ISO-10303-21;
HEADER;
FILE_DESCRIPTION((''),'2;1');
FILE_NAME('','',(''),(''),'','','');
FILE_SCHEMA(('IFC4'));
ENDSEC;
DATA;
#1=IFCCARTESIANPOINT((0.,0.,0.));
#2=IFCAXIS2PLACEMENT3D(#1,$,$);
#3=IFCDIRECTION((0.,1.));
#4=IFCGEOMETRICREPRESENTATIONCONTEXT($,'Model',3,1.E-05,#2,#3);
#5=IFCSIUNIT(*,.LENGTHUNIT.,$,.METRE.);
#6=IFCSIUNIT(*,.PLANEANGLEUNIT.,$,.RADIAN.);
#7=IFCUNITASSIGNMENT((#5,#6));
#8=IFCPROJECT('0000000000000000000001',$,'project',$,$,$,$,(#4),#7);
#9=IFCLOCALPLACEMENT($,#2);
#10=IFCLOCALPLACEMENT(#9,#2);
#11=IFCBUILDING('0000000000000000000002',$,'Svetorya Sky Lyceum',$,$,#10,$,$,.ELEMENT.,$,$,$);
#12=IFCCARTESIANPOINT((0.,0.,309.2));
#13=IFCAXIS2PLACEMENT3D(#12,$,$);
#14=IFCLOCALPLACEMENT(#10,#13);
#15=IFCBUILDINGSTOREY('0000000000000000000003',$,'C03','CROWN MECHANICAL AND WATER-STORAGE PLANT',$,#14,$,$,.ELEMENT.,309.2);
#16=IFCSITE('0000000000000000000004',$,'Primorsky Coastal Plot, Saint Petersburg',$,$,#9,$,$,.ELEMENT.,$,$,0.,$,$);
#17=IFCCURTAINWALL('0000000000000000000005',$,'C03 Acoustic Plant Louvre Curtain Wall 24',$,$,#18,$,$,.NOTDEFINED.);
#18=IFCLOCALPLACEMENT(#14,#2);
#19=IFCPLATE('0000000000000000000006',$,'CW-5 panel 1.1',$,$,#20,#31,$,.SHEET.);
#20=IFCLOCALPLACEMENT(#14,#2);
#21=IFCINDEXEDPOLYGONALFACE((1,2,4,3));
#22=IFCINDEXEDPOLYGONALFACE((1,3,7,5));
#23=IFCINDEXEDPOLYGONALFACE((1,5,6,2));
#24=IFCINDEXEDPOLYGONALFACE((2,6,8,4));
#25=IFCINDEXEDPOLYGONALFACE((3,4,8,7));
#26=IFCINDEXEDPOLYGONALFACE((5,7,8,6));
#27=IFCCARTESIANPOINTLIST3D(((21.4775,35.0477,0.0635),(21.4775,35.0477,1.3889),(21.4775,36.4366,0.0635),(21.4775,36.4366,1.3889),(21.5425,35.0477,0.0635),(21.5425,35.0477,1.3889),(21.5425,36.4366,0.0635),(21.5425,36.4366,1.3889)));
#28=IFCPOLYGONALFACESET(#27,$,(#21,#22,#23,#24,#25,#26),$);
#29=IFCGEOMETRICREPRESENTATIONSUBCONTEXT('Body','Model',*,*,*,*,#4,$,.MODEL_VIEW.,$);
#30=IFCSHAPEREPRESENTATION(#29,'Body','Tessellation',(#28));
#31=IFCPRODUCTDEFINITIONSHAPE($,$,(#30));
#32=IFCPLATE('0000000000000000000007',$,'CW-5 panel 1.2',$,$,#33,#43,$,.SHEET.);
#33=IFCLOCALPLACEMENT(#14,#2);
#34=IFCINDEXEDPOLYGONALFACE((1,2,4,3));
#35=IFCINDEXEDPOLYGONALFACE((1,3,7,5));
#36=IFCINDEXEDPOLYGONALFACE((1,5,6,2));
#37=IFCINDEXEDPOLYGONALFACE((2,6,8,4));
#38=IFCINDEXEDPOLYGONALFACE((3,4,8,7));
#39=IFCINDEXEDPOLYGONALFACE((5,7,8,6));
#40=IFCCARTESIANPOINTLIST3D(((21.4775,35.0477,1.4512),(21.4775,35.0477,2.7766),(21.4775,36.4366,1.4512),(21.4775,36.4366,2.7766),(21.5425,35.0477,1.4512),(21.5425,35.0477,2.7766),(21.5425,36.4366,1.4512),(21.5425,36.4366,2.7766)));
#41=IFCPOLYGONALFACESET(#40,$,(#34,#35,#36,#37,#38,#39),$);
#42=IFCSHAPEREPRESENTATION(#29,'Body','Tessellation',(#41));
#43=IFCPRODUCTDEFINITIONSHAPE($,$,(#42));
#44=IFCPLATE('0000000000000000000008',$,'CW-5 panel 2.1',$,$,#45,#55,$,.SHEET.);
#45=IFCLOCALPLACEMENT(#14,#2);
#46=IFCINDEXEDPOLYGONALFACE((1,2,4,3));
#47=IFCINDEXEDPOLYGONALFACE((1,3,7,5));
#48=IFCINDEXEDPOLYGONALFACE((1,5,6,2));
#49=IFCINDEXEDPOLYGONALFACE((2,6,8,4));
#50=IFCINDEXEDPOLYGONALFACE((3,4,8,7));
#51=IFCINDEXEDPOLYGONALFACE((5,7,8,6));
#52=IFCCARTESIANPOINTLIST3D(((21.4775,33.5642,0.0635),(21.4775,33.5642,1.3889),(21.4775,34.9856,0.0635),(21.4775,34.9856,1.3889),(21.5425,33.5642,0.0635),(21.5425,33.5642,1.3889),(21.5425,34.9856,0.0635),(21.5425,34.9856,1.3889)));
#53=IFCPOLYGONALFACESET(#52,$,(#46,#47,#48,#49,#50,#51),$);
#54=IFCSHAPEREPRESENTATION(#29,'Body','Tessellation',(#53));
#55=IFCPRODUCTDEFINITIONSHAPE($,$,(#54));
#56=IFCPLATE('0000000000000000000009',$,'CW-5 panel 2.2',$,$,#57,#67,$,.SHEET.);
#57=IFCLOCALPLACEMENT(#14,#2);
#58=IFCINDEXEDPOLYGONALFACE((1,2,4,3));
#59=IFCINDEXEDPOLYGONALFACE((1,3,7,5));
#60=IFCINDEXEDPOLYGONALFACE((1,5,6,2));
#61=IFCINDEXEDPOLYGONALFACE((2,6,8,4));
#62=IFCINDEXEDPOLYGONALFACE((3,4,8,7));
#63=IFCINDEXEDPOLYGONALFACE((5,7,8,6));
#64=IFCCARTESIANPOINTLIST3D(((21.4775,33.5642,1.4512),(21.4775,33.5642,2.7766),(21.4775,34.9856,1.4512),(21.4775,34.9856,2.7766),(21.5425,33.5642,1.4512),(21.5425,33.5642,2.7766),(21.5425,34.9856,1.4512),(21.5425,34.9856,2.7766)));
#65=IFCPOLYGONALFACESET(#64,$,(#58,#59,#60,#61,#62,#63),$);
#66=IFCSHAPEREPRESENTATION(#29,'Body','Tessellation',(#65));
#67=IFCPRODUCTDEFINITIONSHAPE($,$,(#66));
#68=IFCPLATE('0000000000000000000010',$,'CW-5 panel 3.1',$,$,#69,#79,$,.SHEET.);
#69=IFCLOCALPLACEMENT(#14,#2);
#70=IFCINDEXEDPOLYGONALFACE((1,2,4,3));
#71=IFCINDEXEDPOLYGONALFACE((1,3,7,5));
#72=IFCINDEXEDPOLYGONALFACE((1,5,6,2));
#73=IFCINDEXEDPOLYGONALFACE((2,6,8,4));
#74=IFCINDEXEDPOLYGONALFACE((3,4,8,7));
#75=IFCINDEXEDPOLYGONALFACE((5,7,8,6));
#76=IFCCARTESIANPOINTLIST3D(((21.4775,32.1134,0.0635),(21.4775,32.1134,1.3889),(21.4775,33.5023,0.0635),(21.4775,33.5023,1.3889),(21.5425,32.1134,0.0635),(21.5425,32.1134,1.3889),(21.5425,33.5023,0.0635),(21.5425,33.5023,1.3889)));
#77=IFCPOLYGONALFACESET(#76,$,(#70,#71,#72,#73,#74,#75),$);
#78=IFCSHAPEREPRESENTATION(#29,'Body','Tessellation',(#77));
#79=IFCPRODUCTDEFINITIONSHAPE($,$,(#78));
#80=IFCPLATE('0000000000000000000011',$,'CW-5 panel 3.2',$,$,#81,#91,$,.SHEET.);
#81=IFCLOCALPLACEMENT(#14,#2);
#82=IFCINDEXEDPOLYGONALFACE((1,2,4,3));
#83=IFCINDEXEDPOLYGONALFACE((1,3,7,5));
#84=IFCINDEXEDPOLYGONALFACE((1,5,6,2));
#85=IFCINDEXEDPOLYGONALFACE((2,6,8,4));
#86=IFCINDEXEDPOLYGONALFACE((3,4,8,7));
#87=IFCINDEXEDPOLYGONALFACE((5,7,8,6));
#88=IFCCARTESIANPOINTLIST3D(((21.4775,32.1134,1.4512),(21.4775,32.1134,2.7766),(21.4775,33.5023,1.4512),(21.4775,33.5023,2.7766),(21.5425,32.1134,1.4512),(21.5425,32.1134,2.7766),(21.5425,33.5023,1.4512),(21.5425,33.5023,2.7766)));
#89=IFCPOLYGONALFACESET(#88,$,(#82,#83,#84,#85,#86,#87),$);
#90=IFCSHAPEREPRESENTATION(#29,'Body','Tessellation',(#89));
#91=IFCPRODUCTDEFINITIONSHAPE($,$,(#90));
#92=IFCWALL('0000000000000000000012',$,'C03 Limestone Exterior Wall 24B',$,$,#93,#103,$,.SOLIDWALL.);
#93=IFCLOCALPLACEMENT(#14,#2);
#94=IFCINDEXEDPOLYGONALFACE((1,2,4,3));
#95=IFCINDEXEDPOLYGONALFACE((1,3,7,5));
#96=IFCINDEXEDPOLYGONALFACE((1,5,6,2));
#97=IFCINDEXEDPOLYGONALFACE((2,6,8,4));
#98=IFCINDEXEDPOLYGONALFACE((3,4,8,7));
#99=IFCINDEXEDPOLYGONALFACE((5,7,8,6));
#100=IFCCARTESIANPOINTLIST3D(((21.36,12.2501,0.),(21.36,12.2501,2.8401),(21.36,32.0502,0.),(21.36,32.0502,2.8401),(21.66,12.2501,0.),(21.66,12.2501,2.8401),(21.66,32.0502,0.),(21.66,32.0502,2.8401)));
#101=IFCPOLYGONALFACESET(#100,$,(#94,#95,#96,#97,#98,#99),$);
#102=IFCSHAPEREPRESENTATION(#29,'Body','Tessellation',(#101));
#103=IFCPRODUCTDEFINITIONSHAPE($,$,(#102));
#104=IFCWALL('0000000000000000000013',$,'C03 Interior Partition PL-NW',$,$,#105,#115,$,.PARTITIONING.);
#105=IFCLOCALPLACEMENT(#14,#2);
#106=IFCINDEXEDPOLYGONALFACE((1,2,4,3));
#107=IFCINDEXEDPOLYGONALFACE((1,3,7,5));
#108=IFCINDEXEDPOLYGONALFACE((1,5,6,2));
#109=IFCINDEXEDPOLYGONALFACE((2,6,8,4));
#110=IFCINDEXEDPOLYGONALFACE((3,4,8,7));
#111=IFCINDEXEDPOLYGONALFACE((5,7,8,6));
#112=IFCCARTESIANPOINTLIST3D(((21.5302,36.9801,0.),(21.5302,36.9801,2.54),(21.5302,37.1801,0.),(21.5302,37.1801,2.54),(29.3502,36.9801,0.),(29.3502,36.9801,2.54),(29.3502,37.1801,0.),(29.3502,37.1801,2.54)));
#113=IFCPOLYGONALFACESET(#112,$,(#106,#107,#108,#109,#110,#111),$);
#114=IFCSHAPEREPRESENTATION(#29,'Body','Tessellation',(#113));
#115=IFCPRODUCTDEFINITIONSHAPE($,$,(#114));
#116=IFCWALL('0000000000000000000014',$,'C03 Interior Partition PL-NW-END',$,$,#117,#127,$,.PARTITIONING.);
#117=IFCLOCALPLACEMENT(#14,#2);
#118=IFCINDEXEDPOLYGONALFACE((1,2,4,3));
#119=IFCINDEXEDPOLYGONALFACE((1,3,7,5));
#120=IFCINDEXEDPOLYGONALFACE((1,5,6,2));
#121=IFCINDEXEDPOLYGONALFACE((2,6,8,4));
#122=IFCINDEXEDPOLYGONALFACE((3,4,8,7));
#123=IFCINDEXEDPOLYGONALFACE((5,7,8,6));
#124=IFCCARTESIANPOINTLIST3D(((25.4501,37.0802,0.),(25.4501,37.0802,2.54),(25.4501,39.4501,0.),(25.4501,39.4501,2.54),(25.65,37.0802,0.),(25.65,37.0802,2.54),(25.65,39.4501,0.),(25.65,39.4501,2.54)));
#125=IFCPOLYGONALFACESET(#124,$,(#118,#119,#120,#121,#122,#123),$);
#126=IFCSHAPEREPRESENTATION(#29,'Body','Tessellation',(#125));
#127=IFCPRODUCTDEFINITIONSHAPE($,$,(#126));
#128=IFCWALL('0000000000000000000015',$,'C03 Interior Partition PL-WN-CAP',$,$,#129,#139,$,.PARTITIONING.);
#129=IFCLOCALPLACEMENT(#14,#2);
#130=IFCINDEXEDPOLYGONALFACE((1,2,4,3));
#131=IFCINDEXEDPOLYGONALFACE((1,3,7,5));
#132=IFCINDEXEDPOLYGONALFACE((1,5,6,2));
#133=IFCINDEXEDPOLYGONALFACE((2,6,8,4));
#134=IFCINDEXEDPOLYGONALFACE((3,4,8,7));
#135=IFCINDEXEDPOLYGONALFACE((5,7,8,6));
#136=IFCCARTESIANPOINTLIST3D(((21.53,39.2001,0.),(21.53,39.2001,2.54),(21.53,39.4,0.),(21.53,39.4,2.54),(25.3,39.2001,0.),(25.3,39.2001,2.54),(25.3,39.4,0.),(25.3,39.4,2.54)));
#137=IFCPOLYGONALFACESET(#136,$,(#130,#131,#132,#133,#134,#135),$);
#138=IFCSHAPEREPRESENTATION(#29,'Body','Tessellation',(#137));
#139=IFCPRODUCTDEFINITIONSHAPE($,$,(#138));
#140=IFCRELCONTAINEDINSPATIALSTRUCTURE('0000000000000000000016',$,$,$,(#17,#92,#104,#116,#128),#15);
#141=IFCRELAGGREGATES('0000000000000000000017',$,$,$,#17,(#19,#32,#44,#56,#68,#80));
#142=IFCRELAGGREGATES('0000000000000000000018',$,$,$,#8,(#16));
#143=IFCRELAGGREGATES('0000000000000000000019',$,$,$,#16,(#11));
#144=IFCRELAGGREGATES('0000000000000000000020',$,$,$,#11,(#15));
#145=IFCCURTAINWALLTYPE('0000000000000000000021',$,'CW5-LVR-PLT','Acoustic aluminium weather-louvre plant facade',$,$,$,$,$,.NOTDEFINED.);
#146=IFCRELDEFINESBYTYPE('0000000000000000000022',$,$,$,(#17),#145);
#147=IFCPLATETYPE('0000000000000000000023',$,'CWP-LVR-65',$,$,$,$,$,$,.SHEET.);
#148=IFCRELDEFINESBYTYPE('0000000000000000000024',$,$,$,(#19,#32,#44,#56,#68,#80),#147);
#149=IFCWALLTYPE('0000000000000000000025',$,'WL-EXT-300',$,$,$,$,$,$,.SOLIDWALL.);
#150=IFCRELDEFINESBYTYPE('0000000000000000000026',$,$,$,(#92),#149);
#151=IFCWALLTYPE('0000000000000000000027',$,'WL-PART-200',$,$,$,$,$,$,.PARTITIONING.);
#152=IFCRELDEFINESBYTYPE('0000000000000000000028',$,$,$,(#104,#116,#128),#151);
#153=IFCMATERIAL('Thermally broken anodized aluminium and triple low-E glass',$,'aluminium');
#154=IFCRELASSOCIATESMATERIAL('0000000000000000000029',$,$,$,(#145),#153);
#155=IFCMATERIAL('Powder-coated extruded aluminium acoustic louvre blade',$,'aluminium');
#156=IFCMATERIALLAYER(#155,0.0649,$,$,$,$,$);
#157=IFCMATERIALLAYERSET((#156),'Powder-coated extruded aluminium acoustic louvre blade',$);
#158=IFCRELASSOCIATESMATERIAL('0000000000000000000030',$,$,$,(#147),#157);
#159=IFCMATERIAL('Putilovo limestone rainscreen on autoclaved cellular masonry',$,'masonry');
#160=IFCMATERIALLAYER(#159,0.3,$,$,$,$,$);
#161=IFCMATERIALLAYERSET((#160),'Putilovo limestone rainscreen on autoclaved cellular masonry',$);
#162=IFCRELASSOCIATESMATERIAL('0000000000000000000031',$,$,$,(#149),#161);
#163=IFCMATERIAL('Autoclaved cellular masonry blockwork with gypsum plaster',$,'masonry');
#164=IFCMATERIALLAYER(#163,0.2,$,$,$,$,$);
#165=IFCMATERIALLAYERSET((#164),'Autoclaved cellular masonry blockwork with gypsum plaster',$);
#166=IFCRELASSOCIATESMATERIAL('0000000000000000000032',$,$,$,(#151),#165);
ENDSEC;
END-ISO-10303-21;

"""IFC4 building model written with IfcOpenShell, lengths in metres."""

from ifc_helpers import new_model, si_unit, direction, frame, frame_2d, origin, origin_2d, place, context, subcontext, project, spatial, rectangle, extrude, material, layer, layer_set, type_object, element, aggregate, save


model = new_model("IFC4")

# Units and contexts
model_context = context("Model", 3, precision=1e-05, world=origin(), true_north=direction((0.0, 1.0)))
body_context = subcontext(model_context, "Body", "Model", "MODEL_VIEW")
ifc_project = project(units=[si_unit("LENGTHUNIT", "METRE"), si_unit("PLANEANGLEUNIT", "RADIAN")], contexts=[model_context])

# Site, building, storey
site_placement = place(None, origin())
site = spatial("IfcSite", under=ifc_project, at=site_placement, Name="Primorsky Coastal Plot, Saint Petersburg", CompositionType="ELEMENT", RefElevation=0.0)
building_placement = place(site_placement, origin())
building = spatial("IfcBuilding", under=site, at=building_placement, Name="Svetorya Sky Lyceum", CompositionType="ELEMENT")
storey_placement = place(building_placement, frame((0.0, 0.0, 309.2)))
storey = spatial("IfcBuildingStorey", under=building, at=storey_placement, Name="C03", Description="CROWN MECHANICAL AND WATER-STORAGE PLANT", CompositionType="ELEMENT", Elevation=309.2)

# Curtain wall, plates
ifc_material_1 = material(Name="Thermally broken anodized aluminium and triple low-E glass", Category="aluminium")
curtain_wall_type = type_object("IfcCurtainWallType", Name="CW5-LVR-PLT", Description="Acoustic aluminium weather-louvre plant facade", PredefinedType="NOTDEFINED", material=ifc_material_1)
curtain_wall_placement = place(storey_placement, origin())
curtain_wall = element("IfcCurtainWall", 1, at=curtain_wall_placement, inside=storey, type_object=curtain_wall_type, Name="C03 Acoustic Plant Louvre Curtain Wall 24", PredefinedType="NOTDEFINED")
ifc_material_2 = material(Name="Powder-coated extruded aluminium acoustic louvre blade", Category="aluminium")
ifc_layer_1 = layer(ifc_material_2, 0.0649)
ifc_layer_set_1 = layer_set([ifc_layer_1], Name="Powder-coated extruded aluminium acoustic louvre blade")
plate_type = type_object("IfcPlateType", Name="CWP-LVR-65", PredefinedType="SHEET", material=ifc_layer_set_1)
plate_1_placement = place(storey_placement, frame((21.51, 35.7422, 0.0635), z_axis=(0.0, 0.0, 1.0), x_axis=(0.0, -1.0, 0.0)))
plate_1 = element("IfcPlate", 2, at=plate_1_placement, type_object=plate_type, Name="CW-5 panel 1.1", PredefinedType="SHEET", context=body_context, shape_type="SweptSolid", body=[
    extrude(rectangle(XDim=1.3889, YDim=0.0649, at=origin_2d()), origin(), (0.0, 0.0, 1.0), 1.3254),
])
plate_2_placement = place(storey_placement, frame((21.51, 35.7422, 1.4512), z_axis=(0.0, 0.0, 1.0), x_axis=(0.0, -1.0, 0.0)))
plate_2 = element("IfcPlate", 3, at=plate_2_placement, type_object=plate_type, Name="CW-5 panel 1.2", PredefinedType="SHEET", context=body_context, shape_type="SweptSolid", body=[
    extrude(rectangle(XDim=1.3889, YDim=0.0649, at=origin_2d()), origin(), (0.0, 0.0, 1.0), 1.3254),
])
plate_3_placement = place(storey_placement, frame((21.51, 34.2749, 0.0635), z_axis=(0.0, 0.0, 1.0), x_axis=(0.0, -1.0, 0.0)))
plate_3 = element("IfcPlate", 4, at=plate_3_placement, type_object=plate_type, Name="CW-5 panel 2.1", PredefinedType="SHEET", context=body_context, shape_type="SweptSolid", body=[
    extrude(rectangle(XDim=1.4214, YDim=0.0649, at=origin_2d()), origin(), (0.0, 0.0, 1.0), 1.3254),
])
plate_4_placement = place(storey_placement, frame((21.51, 34.2749, 1.4512), z_axis=(0.0, 0.0, 1.0), x_axis=(0.0, -1.0, 0.0)))
plate_4 = element("IfcPlate", 5, at=plate_4_placement, type_object=plate_type, Name="CW-5 panel 2.2", PredefinedType="SHEET", context=body_context, shape_type="SweptSolid", body=[
    extrude(rectangle(XDim=1.4214, YDim=0.0649, at=origin_2d()), origin(), (0.0, 0.0, 1.0), 1.3254),
])
plate_5_placement = place(storey_placement, frame((21.51, 32.8079, 0.0635), z_axis=(0.0, 0.0, 1.0), x_axis=(0.0, -1.0, 0.0)))
plate_5 = element("IfcPlate", 6, at=plate_5_placement, type_object=plate_type, Name="CW-5 panel 3.1", PredefinedType="SHEET", context=body_context, shape_type="SweptSolid", body=[
    extrude(rectangle(XDim=1.3889, YDim=0.0649, at=origin_2d()), origin(), (0.0, 0.0, 1.0), 1.3254),
])
plate_6_placement = place(storey_placement, frame((21.51, 32.8079, 1.4512), z_axis=(0.0, 0.0, 1.0), x_axis=(0.0, -1.0, 0.0)))
plate_6 = element("IfcPlate", 7, at=plate_6_placement, type_object=plate_type, Name="CW-5 panel 3.2", PredefinedType="SHEET", context=body_context, shape_type="SweptSolid", body=[
    extrude(rectangle(XDim=1.3889, YDim=0.0649, at=origin_2d()), origin(), (0.0, 0.0, 1.0), 1.3254),
])
aggregate(curtain_wall, [plate_1, plate_2, plate_3, plate_4, plate_5, plate_6])

# Walls
ifc_material_3 = material(Name="Putilovo limestone rainscreen on autoclaved cellular masonry", Category="masonry")
ifc_layer_2 = layer(ifc_material_3, 0.3)
ifc_layer_set_2 = layer_set([ifc_layer_2], Name="Putilovo limestone rainscreen on autoclaved cellular masonry")
wall_type_1 = type_object("IfcWallType", Name="WL-EXT-300", PredefinedType="SOLIDWALL", material=ifc_layer_set_2)
wall_1_placement = place(storey_placement, frame((21.51, 32.05, 0.0), z_axis=(0.0, 0.0, 1.0), x_axis=(0.0, -1.0, 0.0)))
element("IfcWall", 8, at=wall_1_placement, inside=storey, type_object=wall_type_1, Name="C03 Limestone Exterior Wall 24B", PredefinedType="SOLIDWALL", context=body_context, shape_type="SweptSolid", body=[
    extrude(rectangle(XDim=19.8, YDim=0.3, at=frame_2d((9.8999, 0.0))), origin(), (0.0, 0.0, 1.0), 2.8401),
])
ifc_material_4 = material(Name="Autoclaved cellular masonry blockwork with gypsum plaster", Category="masonry")
ifc_layer_3 = layer(ifc_material_4, 0.2)
ifc_layer_set_3 = layer_set([ifc_layer_3], Name="Autoclaved cellular masonry blockwork with gypsum plaster")
wall_type_2 = type_object("IfcWallType", Name="WL-PART-200", PredefinedType="PARTITIONING", material=ifc_layer_set_3)
wall_2_placement = place(storey_placement, frame((21.53, 37.0801, 0.0), z_axis=(0.0, 0.0, 1.0), x_axis=(1.0, 0.0, 0.0)))
element("IfcWall", 9, at=wall_2_placement, inside=storey, type_object=wall_type_2, Name="C03 Interior Partition PL-NW", PredefinedType="PARTITIONING", context=body_context, shape_type="SweptSolid", body=[
    extrude(rectangle(XDim=7.8201, YDim=0.2, at=frame_2d((3.9102, 0.0))), origin(), (0.0, 0.0, 1.0), 2.54),
])
wall_3_placement = place(storey_placement, frame((25.55, 37.0801, 0.0), z_axis=(0.0, 0.0, 1.0), x_axis=(0.0, 1.0, 0.0)))
element("IfcWall", 10, at=wall_3_placement, inside=storey, type_object=wall_type_2, Name="C03 Interior Partition PL-NW-END", PredefinedType="PARTITIONING", context=body_context, shape_type="SweptSolid", body=[
    extrude(rectangle(XDim=2.3699, YDim=0.2, at=frame_2d((1.1851, 0.0))), origin(), (0.0, 0.0, 1.0), 2.54),
])
wall_4_placement = place(storey_placement, frame((21.53, 39.3, 0.0), z_axis=(0.0, 0.0, 1.0), x_axis=(1.0, 0.0, 0.0)))
element("IfcWall", 11, at=wall_4_placement, inside=storey, type_object=wall_type_2, Name="C03 Interior Partition PL-WN-CAP", PredefinedType="PARTITIONING", context=body_context, shape_type="SweptSolid", body=[
    extrude(rectangle(XDim=3.77, YDim=0.2, at=frame_2d((1.885, 0.0))), origin(), (0.0, 0.0, 1.0), 2.54),
])

save(model, "model.ifc")
